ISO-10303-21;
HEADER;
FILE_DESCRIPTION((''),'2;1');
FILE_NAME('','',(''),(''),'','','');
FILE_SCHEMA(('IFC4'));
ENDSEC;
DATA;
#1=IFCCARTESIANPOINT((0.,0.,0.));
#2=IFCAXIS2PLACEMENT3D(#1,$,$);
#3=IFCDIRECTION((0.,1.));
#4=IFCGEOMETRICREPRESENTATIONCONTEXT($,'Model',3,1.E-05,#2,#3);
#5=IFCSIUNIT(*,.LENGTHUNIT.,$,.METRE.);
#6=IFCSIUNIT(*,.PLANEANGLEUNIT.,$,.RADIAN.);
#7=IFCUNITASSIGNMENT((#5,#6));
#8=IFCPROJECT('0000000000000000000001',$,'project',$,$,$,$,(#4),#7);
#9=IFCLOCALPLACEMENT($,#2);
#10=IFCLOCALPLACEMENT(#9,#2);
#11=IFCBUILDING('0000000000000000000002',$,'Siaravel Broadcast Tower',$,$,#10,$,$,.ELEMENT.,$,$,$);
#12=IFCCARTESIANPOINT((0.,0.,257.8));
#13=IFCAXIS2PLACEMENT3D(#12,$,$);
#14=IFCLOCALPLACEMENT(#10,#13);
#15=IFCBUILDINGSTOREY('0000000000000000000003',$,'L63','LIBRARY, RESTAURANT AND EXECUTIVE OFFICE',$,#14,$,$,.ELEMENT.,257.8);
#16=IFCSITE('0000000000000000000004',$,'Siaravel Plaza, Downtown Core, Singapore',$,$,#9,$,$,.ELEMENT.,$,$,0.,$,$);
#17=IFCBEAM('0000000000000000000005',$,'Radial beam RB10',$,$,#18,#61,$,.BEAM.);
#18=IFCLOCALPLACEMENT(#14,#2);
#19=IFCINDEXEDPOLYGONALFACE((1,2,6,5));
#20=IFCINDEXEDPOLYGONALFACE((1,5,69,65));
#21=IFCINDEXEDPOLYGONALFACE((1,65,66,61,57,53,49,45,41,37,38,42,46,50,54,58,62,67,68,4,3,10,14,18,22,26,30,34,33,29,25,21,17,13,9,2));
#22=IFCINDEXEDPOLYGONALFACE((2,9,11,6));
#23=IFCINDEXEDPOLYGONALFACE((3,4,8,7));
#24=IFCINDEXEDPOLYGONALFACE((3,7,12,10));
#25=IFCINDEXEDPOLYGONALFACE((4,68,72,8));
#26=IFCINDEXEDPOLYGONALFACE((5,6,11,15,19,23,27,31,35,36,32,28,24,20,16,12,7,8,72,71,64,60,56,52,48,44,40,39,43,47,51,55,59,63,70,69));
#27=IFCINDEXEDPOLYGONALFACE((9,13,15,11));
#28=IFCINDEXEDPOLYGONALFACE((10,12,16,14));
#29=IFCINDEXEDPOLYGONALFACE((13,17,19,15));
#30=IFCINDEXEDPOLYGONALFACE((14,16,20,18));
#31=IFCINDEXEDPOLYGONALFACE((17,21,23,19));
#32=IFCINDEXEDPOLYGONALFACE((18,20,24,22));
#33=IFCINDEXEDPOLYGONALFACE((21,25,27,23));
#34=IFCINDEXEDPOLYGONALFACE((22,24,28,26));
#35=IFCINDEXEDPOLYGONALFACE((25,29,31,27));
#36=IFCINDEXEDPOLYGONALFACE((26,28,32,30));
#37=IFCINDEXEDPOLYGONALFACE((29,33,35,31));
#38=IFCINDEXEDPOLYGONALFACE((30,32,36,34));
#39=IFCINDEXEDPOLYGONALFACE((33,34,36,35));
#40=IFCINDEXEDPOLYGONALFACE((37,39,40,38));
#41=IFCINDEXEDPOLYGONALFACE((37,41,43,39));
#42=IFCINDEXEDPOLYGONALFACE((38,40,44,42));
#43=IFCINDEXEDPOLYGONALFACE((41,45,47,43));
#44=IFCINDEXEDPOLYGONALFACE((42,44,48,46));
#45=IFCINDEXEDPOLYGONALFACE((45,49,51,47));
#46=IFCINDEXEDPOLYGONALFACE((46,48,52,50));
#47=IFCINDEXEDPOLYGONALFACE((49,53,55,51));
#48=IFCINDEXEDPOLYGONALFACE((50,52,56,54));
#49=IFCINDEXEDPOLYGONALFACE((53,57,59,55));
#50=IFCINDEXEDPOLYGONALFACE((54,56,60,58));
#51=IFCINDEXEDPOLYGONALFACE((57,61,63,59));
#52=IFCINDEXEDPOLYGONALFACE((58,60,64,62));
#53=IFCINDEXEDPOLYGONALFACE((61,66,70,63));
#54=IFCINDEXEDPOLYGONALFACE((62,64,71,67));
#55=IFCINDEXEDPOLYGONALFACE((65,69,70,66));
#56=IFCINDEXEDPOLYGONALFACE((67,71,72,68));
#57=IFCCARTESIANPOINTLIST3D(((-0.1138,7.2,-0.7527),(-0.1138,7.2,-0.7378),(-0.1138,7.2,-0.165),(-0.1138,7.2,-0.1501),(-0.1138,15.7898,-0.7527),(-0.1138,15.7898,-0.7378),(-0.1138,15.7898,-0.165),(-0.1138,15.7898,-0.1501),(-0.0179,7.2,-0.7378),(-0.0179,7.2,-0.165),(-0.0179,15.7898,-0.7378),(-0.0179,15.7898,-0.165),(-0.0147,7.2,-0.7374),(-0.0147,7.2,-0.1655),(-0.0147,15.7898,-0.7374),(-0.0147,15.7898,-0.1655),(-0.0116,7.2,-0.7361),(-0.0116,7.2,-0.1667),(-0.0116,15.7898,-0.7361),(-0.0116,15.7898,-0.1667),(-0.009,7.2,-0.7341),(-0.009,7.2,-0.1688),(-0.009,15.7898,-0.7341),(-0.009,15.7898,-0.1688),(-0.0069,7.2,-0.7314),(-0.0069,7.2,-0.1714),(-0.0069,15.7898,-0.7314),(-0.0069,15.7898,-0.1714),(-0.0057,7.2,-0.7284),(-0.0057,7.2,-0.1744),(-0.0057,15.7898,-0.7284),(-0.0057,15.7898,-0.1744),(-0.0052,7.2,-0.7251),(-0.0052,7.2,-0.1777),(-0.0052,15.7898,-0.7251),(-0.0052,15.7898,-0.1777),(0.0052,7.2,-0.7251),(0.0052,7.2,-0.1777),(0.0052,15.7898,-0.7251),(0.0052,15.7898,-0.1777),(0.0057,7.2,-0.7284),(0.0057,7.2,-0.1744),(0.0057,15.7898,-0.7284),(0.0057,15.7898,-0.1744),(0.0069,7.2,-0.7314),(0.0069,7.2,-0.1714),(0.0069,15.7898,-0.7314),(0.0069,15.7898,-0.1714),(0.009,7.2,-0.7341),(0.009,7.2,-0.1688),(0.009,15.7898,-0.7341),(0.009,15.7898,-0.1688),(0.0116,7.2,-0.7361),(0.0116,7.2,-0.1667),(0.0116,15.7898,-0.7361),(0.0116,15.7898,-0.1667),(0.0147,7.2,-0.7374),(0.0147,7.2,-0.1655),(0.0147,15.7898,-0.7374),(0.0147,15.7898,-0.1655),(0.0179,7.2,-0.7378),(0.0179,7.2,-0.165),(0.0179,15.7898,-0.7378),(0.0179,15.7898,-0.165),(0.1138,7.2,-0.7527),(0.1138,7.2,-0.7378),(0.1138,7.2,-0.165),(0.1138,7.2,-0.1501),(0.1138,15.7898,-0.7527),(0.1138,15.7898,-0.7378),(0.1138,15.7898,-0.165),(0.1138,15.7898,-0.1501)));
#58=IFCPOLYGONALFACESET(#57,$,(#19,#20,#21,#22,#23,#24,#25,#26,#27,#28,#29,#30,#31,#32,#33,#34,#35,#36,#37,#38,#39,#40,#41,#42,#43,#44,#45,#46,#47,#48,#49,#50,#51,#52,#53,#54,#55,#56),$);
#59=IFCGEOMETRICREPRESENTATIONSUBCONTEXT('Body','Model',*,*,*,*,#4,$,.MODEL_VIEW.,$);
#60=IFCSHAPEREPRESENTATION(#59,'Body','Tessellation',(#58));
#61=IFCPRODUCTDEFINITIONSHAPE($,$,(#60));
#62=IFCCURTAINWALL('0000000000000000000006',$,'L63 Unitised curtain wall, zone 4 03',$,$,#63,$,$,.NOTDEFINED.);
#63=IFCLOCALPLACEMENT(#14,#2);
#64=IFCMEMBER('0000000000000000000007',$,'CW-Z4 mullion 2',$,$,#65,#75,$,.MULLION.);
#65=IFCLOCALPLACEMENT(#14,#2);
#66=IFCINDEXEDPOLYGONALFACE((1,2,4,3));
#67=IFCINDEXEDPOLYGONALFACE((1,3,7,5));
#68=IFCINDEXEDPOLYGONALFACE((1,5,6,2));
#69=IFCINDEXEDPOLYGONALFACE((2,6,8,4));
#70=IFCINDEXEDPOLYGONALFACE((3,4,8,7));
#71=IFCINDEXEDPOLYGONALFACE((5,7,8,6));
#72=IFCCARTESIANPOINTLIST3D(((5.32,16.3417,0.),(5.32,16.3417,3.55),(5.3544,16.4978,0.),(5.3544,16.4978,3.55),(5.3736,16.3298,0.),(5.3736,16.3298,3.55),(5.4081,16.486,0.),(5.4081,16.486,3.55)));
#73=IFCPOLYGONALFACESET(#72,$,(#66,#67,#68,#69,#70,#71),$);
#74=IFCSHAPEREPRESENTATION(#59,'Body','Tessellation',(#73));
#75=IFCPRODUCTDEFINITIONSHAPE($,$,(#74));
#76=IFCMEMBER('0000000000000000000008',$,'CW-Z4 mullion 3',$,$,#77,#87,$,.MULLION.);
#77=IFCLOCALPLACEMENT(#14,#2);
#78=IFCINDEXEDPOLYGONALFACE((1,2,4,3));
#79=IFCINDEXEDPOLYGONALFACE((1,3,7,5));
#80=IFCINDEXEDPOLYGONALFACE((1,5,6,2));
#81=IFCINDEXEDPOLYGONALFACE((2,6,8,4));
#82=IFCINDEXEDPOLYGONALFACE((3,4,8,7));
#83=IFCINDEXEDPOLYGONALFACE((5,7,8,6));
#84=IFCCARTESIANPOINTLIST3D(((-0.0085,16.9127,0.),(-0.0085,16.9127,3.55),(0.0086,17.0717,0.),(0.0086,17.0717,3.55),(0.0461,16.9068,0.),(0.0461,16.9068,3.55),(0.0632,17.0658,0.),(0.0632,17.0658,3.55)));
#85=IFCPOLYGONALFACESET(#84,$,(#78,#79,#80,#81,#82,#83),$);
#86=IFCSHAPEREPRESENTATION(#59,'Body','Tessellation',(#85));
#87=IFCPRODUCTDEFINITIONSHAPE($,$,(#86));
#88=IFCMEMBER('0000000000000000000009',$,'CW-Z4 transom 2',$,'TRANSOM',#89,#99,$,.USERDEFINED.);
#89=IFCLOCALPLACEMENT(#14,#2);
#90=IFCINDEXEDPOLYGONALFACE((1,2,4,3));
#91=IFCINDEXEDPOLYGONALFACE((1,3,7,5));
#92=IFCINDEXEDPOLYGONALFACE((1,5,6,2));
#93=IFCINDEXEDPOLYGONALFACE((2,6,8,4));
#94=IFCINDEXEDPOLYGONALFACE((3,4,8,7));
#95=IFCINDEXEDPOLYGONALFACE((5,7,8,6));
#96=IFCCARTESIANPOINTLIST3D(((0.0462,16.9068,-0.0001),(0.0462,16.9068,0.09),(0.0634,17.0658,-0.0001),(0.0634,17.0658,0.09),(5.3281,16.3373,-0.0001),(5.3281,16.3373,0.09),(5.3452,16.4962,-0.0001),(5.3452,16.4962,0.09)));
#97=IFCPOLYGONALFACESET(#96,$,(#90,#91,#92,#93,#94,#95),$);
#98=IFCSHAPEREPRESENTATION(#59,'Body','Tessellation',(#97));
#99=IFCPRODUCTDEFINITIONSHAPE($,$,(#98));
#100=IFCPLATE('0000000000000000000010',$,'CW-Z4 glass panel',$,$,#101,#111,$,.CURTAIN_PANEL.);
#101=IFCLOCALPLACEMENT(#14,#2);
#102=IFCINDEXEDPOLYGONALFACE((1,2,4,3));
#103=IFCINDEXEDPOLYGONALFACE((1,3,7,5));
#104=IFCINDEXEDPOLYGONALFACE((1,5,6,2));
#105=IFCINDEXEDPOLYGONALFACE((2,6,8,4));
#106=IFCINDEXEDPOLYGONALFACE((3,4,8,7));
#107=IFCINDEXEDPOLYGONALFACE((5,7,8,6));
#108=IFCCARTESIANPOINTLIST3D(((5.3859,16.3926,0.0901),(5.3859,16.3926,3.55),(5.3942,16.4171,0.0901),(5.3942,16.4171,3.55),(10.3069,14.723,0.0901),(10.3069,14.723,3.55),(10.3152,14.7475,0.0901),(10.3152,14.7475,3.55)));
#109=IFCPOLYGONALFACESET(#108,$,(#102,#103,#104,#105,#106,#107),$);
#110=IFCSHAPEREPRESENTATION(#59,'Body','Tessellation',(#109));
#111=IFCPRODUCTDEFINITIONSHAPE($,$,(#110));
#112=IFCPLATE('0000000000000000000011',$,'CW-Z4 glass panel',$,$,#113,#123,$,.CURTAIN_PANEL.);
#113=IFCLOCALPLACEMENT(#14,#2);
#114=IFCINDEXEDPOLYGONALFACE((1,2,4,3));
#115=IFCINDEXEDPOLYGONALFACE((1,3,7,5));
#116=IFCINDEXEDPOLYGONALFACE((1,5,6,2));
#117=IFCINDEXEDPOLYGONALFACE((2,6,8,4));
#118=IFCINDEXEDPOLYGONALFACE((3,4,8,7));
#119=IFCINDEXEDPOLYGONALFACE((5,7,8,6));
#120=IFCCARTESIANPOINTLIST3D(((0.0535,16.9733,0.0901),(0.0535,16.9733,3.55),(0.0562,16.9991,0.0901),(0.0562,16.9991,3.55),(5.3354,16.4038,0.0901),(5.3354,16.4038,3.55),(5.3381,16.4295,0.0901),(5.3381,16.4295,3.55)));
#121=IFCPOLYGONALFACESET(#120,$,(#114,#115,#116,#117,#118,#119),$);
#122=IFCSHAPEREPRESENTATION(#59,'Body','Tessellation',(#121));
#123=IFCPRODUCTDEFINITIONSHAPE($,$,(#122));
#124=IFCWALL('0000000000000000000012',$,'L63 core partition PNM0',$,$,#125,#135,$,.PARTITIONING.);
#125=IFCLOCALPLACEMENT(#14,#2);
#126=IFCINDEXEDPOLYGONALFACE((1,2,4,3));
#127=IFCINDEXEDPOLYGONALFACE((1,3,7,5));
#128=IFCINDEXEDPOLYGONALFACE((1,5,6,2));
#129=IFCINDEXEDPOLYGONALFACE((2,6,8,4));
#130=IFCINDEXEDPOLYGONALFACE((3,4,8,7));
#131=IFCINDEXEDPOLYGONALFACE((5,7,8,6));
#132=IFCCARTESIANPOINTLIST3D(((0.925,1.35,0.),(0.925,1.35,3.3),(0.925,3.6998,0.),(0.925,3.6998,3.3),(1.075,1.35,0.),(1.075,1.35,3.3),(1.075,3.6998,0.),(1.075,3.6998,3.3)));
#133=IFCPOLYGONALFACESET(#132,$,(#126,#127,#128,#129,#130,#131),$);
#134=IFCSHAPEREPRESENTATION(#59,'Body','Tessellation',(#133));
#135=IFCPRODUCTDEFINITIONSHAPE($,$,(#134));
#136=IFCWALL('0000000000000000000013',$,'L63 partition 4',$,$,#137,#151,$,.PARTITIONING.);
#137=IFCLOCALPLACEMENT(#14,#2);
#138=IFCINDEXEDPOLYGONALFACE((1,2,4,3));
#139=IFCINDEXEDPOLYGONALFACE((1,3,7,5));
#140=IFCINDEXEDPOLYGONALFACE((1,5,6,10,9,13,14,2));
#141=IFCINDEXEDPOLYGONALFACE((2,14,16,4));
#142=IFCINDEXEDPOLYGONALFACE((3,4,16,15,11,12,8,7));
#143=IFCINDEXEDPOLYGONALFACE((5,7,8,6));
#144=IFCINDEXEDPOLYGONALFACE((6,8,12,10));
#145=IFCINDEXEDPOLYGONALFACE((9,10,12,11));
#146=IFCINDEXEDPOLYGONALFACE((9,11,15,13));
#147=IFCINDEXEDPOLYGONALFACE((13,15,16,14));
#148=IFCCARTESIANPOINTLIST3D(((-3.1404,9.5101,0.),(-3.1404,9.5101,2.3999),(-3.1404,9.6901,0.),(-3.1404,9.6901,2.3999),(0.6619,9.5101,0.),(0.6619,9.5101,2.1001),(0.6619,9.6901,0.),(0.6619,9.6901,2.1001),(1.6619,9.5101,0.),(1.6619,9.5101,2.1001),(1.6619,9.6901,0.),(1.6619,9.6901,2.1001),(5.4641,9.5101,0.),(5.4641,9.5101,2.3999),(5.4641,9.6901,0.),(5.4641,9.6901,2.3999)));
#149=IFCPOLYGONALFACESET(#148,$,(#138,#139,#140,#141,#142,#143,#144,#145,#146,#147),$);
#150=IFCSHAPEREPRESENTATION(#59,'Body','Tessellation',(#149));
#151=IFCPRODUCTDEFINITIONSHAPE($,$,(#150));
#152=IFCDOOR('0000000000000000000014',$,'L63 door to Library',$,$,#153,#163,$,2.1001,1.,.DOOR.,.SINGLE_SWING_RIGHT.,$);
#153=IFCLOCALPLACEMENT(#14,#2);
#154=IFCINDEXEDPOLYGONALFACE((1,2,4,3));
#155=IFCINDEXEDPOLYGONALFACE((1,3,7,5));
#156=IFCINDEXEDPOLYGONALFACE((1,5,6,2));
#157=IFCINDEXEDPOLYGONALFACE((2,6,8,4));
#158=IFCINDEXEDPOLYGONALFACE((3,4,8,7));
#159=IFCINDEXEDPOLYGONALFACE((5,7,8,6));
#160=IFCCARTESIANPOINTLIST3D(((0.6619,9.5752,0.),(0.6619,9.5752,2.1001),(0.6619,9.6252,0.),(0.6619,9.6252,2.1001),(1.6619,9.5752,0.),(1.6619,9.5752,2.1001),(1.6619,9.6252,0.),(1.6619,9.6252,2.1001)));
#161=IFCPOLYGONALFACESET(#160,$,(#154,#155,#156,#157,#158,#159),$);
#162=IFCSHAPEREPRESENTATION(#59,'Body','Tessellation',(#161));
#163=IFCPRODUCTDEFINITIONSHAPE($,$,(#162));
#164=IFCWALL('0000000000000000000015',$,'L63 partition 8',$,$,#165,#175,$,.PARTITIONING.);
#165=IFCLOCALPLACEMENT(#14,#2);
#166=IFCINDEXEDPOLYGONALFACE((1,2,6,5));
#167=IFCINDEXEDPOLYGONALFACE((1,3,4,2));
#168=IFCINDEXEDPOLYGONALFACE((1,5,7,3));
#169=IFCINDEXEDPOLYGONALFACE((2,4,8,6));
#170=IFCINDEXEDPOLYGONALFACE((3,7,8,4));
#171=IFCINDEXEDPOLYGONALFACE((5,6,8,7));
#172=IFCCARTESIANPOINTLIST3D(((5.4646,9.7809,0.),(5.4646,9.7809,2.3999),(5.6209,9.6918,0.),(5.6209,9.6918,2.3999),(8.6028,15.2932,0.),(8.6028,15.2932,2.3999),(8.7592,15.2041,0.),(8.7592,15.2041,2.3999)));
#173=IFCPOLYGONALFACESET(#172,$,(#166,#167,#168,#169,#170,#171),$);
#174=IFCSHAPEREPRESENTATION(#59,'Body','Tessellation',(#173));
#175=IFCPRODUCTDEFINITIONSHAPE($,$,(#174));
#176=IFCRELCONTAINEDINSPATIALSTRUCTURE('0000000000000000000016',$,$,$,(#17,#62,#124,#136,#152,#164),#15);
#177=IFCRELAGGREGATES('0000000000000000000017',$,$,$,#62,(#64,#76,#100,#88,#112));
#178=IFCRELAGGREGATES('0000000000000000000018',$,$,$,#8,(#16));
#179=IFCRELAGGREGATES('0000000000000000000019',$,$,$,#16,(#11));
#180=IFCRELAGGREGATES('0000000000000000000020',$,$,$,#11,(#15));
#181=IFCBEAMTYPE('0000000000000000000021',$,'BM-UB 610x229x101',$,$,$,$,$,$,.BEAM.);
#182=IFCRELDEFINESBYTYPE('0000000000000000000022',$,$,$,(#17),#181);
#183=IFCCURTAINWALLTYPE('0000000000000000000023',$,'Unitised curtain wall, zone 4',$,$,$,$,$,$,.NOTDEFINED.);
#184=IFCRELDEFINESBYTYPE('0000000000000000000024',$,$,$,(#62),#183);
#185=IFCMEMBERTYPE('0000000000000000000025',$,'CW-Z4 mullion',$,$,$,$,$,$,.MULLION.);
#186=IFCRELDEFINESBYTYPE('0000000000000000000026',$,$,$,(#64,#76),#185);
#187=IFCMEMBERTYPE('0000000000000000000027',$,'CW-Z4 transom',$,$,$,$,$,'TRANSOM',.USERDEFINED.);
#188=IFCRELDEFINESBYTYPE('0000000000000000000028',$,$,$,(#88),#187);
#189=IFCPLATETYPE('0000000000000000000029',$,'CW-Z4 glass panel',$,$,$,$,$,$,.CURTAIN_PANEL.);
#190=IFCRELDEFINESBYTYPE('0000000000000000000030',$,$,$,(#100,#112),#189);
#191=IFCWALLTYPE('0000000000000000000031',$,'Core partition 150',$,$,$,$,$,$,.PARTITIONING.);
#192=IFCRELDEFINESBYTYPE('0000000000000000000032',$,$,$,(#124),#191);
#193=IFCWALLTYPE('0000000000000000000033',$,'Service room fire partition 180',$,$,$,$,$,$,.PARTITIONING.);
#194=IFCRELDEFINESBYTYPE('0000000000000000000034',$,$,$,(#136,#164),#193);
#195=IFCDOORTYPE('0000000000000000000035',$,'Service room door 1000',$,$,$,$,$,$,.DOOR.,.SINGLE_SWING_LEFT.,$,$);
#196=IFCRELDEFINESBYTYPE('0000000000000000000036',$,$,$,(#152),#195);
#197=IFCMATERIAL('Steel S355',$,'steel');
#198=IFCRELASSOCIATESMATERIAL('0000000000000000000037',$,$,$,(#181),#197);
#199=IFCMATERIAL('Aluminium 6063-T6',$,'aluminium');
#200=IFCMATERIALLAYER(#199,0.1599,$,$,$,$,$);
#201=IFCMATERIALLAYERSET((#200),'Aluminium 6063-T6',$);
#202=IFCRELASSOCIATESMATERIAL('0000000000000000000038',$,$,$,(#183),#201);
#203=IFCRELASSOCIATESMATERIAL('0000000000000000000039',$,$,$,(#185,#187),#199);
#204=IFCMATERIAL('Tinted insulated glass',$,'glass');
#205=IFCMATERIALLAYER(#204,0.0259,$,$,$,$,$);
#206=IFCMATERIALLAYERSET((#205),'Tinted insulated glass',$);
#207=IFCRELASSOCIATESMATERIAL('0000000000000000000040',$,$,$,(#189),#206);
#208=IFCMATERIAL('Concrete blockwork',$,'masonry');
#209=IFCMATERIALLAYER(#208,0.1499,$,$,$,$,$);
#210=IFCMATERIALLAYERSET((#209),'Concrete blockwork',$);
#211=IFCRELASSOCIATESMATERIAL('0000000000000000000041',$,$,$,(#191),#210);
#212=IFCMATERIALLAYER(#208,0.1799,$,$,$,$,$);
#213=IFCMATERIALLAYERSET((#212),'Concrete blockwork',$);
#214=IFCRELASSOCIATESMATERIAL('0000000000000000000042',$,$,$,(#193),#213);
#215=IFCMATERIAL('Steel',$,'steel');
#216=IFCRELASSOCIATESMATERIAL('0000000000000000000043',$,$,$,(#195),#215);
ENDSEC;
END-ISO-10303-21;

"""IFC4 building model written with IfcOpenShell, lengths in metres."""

from ifc_helpers import new_model, si_unit, direction, frame, frame_2d, origin, origin_2d, place, context, subcontext, project, spatial, rectangle, i_section, extrude, material, layer, layer_set, material_profile, profile_set, type_object, element, fill, aggregate, save


model = new_model("IFC4")

# Units and contexts
model_context = context("Model", 3, precision=1e-05, world=origin(), true_north=direction((0.0, 1.0)))
body_context = subcontext(model_context, "Body", "Model", "MODEL_VIEW")
ifc_project = project(units=[si_unit("LENGTHUNIT", "METRE"), si_unit("PLANEANGLEUNIT", "RADIAN")], contexts=[model_context])

# Site, building, storey
site_placement = place(None, origin())
site = spatial("IfcSite", under=ifc_project, at=site_placement, Name="Siaravel Plaza, Downtown Core, Singapore", CompositionType="ELEMENT", RefElevation=0.0)
building_placement = place(site_placement, origin())
building = spatial("IfcBuilding", under=site, at=building_placement, Name="Siaravel Broadcast Tower", CompositionType="ELEMENT")
storey_placement = place(building_placement, frame((0.0, 0.0, 257.8)))
storey = spatial("IfcBuildingStorey", under=building, at=storey_placement, Name="L63", Description="LIBRARY, RESTAURANT AND EXECUTIVE OFFICE", CompositionType="ELEMENT", Elevation=257.8)

# Beam
ifc_material_1 = material(Name="Steel S355", Category="steel")
ifc_material_profile_1 = material_profile(ifc_material_1, i_section(OverallWidth=0.2275, OverallDepth=0.6025, WebThickness=0.0105, FlangeThickness=0.0149, FilletRadius=0.0127, at=origin_2d()))
ifc_profile_set_1 = profile_set([ifc_material_profile_1], Name="Steel S355")
beam_type = type_object("IfcBeamType", Name="BM-UB 610x229x101", PredefinedType="BEAM", material=ifc_profile_set_1)
beam_1_placement = place(storey_placement, frame((0.0, 15.7898, -0.4514), z_axis=(0.0, -1.0, 0.0), x_axis=(1.0, 0.0, 0.0)))
element("IfcBeam", 1, at=beam_1_placement, inside=storey, type_object=beam_type, Name="Radial beam RB10", PredefinedType="BEAM", context=body_context, shape_type="SweptSolid", body=[
    extrude(i_section(OverallWidth=0.2275, OverallDepth=0.6025, WebThickness=0.0105, FlangeThickness=0.0149, FilletRadius=0.0127, at=origin_2d()), origin(), (0.0, 0.0, 1.0), 8.5898),
])

# Curtain wall, members, plates
ifc_material_2 = material(Name="Aluminium 6063-T6", Category="aluminium")
ifc_layer_1 = layer(ifc_material_2, 0.1599)
ifc_layer_set_1 = layer_set([ifc_layer_1], Name="Aluminium 6063-T6")
curtain_wall_type = type_object("IfcCurtainWallType", Name="Unitised curtain wall, zone 4", PredefinedType="NOTDEFINED", material=ifc_layer_set_1)
curtain_wall_placement = place(storey_placement, origin())
curtain_wall = element("IfcCurtainWall", 2, at=curtain_wall_placement, inside=storey, type_object=curtain_wall_type, Name="L63 Unitised curtain wall, zone 4 03", PredefinedType="NOTDEFINED")
ifc_material_profile_2 = material_profile(ifc_material_2, rectangle(XDim=0.1599, YDim=0.0549, at=origin_2d()))
ifc_profile_set_2 = profile_set([ifc_material_profile_2], Name="Aluminium 6063-T6")
member_type_1 = type_object("IfcMemberType", Name="CW-Z4 mullion", PredefinedType="MULLION", material=ifc_profile_set_2)
member_1_placement = place(storey_placement, frame((5.364, 16.4138, 0.0), z_axis=(0.0, 0.0, 1.0), x_axis=(-0.215559, -0.976491, 0.0)))
member_1 = element("IfcMember", 3, at=member_1_placement, type_object=member_type_1, Name="CW-Z4 mullion 2", PredefinedType="MULLION", context=body_context, shape_type="SweptSolid", body=[
    extrude(rectangle(XDim=0.1599, YDim=0.0549, at=origin_2d()), origin(), (0.0, 0.0, 1.0), 3.55),
])
member_2_placement = place(storey_placement, frame((0.0273, 16.9893, 0.0), z_axis=(0.0, 0.0, 1.0), x_axis=(-0.107218, -0.994236, 0.0)))
member_2 = element("IfcMember", 4, at=member_2_placement, type_object=member_type_1, Name="CW-Z4 mullion 3", PredefinedType="MULLION", context=body_context, shape_type="SweptSolid", body=[
    extrude(rectangle(XDim=0.1599, YDim=0.0549, at=origin_2d()), origin(), (0.0, 0.0, 1.0), 3.55),
])
ifc_material_profile_3 = material_profile(ifc_material_2, rectangle(XDim=0.1599, YDim=0.0901, at=origin_2d()))
ifc_profile_set_3 = profile_set([ifc_material_profile_3], Name="Aluminium 6063-T6")
member_type_2 = type_object("IfcMemberType", Name="CW-Z4 transom", ElementType="TRANSOM", PredefinedType="USERDEFINED", material=ifc_profile_set_3)
member_3_placement = place(storey_placement, frame((5.3367, 16.4167, 0.0449), z_axis=(-0.994236, 0.107213, 0.0), x_axis=(-0.107213, -0.994236, 0.0)))
member_3 = element("IfcMember", 5, at=member_3_placement, type_object=member_type_2, Name="CW-Z4 transom 2", ObjectType="TRANSOM", PredefinedType="USERDEFINED", context=body_context, shape_type="SweptSolid", body=[
    extrude(rectangle(XDim=0.1599, YDim=0.0901, at=origin_2d()), origin(), (0.0, 0.0, 1.0), 5.3125),
])
ifc_material_3 = material(Name="Tinted insulated glass", Category="glass")
ifc_layer_2 = layer(ifc_material_3, 0.0259)
ifc_layer_set_2 = layer_set([ifc_layer_2], Name="Tinted insulated glass")
plate_type = type_object("IfcPlateType", Name="CW-Z4 glass panel", PredefinedType="CURTAIN_PANEL", material=ifc_layer_set_2)
plate_1_placement = place(storey_placement, frame((7.8506, 15.5701, 0.0901), z_axis=(0.0, 0.0, 1.0), x_axis=(-0.946977, 0.321302, 0.0)))
plate_1 = element("IfcPlate", 6, at=plate_1_placement, type_object=plate_type, Name="CW-Z4 glass panel", PredefinedType="CURTAIN_PANEL", context=body_context, shape_type="SweptSolid", body=[
    extrude(rectangle(XDim=5.1965, YDim=0.0259, at=origin_2d()), origin(), (0.0, 0.0, 1.0), 3.46),
])
plate_2_placement = place(storey_placement, frame((2.6958, 16.7014, 0.0901), z_axis=(0.0, 0.0, 1.0), x_axis=(-0.994236, 0.107218, 0.0)))
plate_2 = element("IfcPlate", 7, at=plate_2_placement, type_object=plate_type, Name="CW-Z4 glass panel", PredefinedType="CURTAIN_PANEL", context=body_context, shape_type="SweptSolid", body=[
    extrude(rectangle(XDim=5.3125, YDim=0.0259, at=origin_2d()), origin(), (0.0, 0.0, 1.0), 3.46),
])
aggregate(curtain_wall, [member_1, member_2, plate_1, member_3, plate_2])

# Wall
ifc_material_4 = material(Name="Concrete blockwork", Category="masonry")
ifc_layer_3 = layer(ifc_material_4, 0.1499)
ifc_layer_set_3 = layer_set([ifc_layer_3], Name="Concrete blockwork")
wall_type_1 = type_object("IfcWallType", Name="Core partition 150", PredefinedType="PARTITIONING", material=ifc_layer_set_3)
wall_1_placement = place(storey_placement, frame((1.0, 1.3501, 0.0), z_axis=(0.0, 0.0, 1.0), x_axis=(0.0, 1.0, 0.0)))
element("IfcWall", 8, at=wall_1_placement, inside=storey, type_object=wall_type_1, Name="L63 core partition PNM0", PredefinedType="PARTITIONING", context=body_context, shape_type="SweptSolid", body=[
    extrude(rectangle(XDim=2.3499, YDim=0.1499, at=frame_2d((1.1748, 0.0))), origin(), (0.0, 0.0, 1.0), 3.3),
])

# Wall, opening, door
ifc_layer_4 = layer(ifc_material_4, 0.1799)
ifc_layer_set_4 = layer_set([ifc_layer_4], Name="Concrete blockwork")
wall_type_2 = type_object("IfcWallType", Name="Service room fire partition 180", PredefinedType="PARTITIONING", material=ifc_layer_set_4)
wall_2_placement = place(storey_placement, frame((5.4641, 9.6001, 0.0), z_axis=(0.0, 0.0, 1.0), x_axis=(-1.0, 0.0, 0.0)))
wall_2 = element("IfcWall", 9, at=wall_2_placement, inside=storey, type_object=wall_type_2, Name="L63 partition 4", PredefinedType="PARTITIONING", context=body_context, shape_type="SweptSolid", body=[
    extrude(rectangle(XDim=8.6045, YDim=0.1799, at=frame_2d((4.3022, 0.0))), origin(), (0.0, 0.0, 1.0), 2.3999),
])
opening_1_placement = place(wall_2_placement, frame((3.8022, 0.0, 0.0)))
opening_1 = element("IfcOpeningElement", 10, at=opening_1_placement, cuts=wall_2, PredefinedType="OPENING", context=body_context, shape_type="SweptSolid", body=[
    extrude(rectangle(XDim=1.0, YDim=2.1001, at=frame_2d((0.5, 1.05))), frame((0.0, 0.0999, 0.0), z_axis=(0.0, -1.0, 0.0), x_axis=(1.0, 0.0, 0.0)), (0.0, 0.0, 1.0), 0.2),
])
ifc_material_5 = material(Name="Steel", Category="steel")
door_type_1 = type_object("IfcDoorType", Name="Service room door 1000", OperationType="SINGLE_SWING_LEFT", PredefinedType="DOOR", material=ifc_material_5)
door_1_placement = place(opening_1_placement, origin())
door_1 = element("IfcDoor", 11, at=door_1_placement, inside=storey, type_object=door_type_1, Name="L63 door to Library", OperationType="SINGLE_SWING_RIGHT", OverallHeight=2.1001, OverallWidth=1.0, PredefinedType="DOOR", context=body_context, shape_type="SweptSolid", body=[
    extrude(rectangle(XDim=1.0, YDim=2.1001, at=frame_2d((0.5, 1.05))), frame((0.0, 0.0249, 0.0), z_axis=(0.0, -1.0, 0.0), x_axis=(1.0, 0.0, 0.0)), (0.0, 0.0, 1.0), 0.05),
])
fill(opening_1, door_1)

# Wall
wall_3_placement = place(storey_placement, frame((8.6809, 15.2485, 0.0), z_axis=(0.0, 0.0, 1.0), x_axis=(-0.494754, -0.869033, 0.0)))
element("IfcWall", 12, at=wall_3_placement, inside=storey, type_object=wall_type_2, Name="L63 partition 8", PredefinedType="PARTITIONING", context=body_context, shape_type="SweptSolid", body=[
    extrude(rectangle(XDim=6.343, YDim=0.1799, at=frame_2d((3.1714, 0.0))), origin(), (0.0, 0.0, 1.0), 2.3999),
])

save(model, "model.ifc")
